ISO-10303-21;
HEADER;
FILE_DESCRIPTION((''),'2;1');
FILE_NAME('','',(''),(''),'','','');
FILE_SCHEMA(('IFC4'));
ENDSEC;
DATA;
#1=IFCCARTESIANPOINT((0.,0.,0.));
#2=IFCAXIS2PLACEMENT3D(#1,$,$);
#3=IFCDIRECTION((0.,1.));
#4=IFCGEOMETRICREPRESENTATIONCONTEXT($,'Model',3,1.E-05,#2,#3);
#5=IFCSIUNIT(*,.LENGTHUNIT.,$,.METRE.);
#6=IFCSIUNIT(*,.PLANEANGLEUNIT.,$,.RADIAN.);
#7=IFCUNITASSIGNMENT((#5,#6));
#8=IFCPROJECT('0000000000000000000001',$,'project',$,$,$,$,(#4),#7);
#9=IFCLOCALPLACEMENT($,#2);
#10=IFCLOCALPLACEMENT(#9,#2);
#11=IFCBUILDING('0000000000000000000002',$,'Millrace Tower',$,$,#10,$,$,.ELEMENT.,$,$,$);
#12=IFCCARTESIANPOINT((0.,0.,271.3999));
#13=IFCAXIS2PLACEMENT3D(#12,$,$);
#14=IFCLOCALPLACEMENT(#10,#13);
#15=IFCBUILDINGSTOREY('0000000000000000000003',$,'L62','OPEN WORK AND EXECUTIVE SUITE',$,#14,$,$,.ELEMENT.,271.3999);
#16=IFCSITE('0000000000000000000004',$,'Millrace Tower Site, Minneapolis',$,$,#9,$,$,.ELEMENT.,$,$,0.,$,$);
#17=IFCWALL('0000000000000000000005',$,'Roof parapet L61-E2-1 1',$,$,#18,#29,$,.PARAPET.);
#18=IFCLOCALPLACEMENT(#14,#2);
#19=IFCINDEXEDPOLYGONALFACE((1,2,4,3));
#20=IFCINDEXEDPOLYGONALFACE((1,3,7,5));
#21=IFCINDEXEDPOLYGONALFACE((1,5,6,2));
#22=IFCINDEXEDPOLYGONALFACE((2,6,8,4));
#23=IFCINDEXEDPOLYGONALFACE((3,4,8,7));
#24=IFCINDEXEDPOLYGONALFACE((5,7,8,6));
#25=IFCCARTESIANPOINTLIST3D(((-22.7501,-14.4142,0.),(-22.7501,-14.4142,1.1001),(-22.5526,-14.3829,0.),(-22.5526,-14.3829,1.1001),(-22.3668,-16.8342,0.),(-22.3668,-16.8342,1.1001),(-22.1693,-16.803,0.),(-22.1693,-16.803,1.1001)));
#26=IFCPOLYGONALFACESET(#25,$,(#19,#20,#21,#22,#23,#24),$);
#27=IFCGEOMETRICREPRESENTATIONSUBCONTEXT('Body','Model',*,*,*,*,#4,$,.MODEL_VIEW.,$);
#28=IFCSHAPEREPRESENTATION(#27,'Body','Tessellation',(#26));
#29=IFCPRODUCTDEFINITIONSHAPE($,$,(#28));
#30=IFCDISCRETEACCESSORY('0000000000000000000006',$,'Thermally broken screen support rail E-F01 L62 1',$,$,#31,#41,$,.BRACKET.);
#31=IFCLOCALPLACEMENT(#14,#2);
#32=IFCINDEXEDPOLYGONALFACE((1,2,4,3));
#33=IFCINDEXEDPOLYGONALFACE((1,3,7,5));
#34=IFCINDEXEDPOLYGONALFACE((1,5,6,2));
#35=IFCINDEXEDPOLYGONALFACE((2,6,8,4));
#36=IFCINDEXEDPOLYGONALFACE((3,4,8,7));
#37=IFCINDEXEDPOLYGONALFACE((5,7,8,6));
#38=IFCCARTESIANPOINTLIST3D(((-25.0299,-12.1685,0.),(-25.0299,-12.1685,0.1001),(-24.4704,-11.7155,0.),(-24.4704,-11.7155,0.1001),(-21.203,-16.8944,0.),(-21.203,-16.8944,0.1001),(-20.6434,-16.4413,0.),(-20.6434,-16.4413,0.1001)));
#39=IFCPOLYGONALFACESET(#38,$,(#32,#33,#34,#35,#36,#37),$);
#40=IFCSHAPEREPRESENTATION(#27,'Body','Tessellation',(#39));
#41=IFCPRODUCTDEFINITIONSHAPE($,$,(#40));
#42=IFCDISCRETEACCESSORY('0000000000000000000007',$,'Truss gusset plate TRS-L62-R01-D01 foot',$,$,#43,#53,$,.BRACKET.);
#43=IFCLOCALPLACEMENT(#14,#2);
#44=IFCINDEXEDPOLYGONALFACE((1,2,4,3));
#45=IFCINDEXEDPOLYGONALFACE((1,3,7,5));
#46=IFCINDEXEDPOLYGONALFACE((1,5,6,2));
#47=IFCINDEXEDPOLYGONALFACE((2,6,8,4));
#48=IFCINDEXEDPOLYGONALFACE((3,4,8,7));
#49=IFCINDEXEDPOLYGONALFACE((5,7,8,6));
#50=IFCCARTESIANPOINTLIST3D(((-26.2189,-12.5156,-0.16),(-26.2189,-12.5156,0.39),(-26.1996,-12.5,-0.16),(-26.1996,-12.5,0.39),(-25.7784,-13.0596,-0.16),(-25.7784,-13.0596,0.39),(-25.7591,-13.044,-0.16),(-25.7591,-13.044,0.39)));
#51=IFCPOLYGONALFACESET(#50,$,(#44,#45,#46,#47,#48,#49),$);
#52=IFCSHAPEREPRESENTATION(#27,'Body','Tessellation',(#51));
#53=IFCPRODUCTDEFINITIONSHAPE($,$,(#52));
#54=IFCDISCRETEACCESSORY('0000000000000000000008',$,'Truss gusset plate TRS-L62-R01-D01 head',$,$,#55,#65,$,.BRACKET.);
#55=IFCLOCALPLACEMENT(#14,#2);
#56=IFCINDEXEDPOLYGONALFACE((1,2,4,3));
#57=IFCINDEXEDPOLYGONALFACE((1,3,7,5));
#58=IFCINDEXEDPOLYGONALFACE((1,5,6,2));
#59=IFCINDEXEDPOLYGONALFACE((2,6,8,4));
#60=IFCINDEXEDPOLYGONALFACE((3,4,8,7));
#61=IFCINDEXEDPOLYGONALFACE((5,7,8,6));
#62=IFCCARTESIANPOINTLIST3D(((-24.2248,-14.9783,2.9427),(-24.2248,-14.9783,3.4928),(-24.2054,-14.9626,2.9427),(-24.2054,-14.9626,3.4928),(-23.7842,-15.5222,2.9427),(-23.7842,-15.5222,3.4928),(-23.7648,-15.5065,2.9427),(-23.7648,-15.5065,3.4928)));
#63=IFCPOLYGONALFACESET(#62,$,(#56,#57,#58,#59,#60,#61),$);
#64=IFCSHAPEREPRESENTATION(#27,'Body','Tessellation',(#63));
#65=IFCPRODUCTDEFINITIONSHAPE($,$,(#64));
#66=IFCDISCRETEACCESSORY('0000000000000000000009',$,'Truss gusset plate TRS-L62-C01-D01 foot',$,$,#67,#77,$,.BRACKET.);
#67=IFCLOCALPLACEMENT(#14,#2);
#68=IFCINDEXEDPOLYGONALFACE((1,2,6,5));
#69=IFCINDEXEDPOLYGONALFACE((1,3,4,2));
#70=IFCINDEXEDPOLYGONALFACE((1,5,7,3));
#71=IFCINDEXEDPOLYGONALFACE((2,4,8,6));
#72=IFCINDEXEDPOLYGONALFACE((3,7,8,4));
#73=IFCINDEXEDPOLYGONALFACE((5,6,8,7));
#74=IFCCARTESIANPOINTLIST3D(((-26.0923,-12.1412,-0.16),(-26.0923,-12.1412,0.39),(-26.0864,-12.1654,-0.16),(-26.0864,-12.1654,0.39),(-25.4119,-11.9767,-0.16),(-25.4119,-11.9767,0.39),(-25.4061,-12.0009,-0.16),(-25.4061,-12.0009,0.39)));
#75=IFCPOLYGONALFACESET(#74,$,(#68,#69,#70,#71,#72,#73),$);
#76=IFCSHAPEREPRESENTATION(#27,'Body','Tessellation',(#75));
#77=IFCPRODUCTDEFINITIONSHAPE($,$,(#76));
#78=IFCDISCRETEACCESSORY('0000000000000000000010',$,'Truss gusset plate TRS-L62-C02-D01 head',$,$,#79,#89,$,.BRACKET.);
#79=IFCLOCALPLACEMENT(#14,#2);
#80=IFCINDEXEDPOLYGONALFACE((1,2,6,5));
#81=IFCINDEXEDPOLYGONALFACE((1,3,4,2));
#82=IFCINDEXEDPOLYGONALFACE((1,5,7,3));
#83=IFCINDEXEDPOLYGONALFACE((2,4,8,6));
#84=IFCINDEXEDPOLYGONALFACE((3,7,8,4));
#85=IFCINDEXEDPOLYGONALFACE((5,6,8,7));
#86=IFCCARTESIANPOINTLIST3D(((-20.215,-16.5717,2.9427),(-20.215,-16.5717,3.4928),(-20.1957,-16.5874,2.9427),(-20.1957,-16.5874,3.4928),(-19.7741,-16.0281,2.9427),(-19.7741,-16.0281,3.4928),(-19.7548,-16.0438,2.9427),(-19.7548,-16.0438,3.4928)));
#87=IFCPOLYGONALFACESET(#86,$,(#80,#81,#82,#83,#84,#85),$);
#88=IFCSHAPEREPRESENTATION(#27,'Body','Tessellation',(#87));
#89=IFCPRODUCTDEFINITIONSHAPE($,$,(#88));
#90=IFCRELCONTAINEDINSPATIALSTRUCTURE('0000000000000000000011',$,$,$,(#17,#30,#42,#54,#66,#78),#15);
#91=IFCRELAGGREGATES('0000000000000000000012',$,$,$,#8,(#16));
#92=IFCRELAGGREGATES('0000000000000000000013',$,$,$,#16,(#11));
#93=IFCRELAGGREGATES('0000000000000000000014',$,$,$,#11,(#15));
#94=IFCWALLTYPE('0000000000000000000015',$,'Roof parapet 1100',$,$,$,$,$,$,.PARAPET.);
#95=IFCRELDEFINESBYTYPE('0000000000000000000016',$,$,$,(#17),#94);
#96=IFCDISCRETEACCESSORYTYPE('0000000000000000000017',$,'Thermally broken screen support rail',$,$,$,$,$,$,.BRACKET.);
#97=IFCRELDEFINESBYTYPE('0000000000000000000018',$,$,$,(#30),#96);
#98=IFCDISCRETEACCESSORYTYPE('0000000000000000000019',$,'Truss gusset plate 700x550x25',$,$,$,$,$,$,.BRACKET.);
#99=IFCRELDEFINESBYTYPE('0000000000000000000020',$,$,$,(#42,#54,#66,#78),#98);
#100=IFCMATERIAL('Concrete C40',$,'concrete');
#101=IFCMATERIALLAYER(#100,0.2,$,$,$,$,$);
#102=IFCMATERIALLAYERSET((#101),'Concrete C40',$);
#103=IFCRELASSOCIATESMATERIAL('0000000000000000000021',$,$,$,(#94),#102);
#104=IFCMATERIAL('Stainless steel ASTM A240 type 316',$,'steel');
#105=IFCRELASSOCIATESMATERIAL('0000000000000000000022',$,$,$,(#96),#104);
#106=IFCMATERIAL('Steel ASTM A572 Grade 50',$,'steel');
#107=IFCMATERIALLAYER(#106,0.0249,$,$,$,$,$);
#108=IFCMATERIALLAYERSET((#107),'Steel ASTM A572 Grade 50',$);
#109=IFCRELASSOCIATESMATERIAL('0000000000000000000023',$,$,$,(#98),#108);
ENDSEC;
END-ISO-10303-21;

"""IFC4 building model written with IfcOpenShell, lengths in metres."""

from ifc_helpers import new_model, si_unit, direction, frame, frame_2d, origin, origin_2d, place, context, subcontext, project, spatial, rectangle, extrude, material, layer, layer_set, type_object, element, save


model = new_model("IFC4")

# Units and contexts
model_context = context("Model", 3, precision=1e-05, world=origin(), true_north=direction((0.0, 1.0)))
body_context = subcontext(model_context, "Body", "Model", "MODEL_VIEW")
ifc_project = project(units=[si_unit("LENGTHUNIT", "METRE"), si_unit("PLANEANGLEUNIT", "RADIAN")], contexts=[model_context])

# Site, building, storey
site_placement = place(None, origin())
site = spatial("IfcSite", under=ifc_project, at=site_placement, Name="Millrace Tower Site, Minneapolis", CompositionType="ELEMENT", RefElevation=0.0)
building_placement = place(site_placement, origin())
building = spatial("IfcBuilding", under=site, at=building_placement, Name="Millrace Tower", CompositionType="ELEMENT")
storey_placement = place(building_placement, frame((0.0, 0.0, 271.3999)))
storey = spatial("IfcBuildingStorey", under=building, at=storey_placement, Name="L62", Description="OPEN WORK AND EXECUTIVE SUITE", CompositionType="ELEMENT", Elevation=271.3999)

# Wall
ifc_material_1 = material(Name="Concrete C40", Category="concrete")
ifc_layer_1 = layer(ifc_material_1, 0.2)
ifc_layer_set_1 = layer_set([ifc_layer_1], Name="Concrete C40")
wall_type_1 = type_object("IfcWallType", Name="Roof parapet 1100", PredefinedType="PARAPET", material=ifc_layer_set_1)
wall_1_placement = place(storey_placement, frame((-22.2681, -16.8186, 0.0), z_axis=(0.0, 0.0, 1.0), x_axis=(-0.156444, 0.987687, 0.0)))
element("IfcWall", 1, at=wall_1_placement, inside=storey, type_object=wall_type_1, Name="Roof parapet L61-E2-1 1", PredefinedType="PARAPET", context=body_context, shape_type="SweptSolid", body=[
    extrude(rectangle(XDim=2.4502, YDim=0.2, at=frame_2d((1.2251, 0.0))), origin(), (0.0, 0.0, 1.0), 1.1001),
])

# Discrete accessories
ifc_material_2 = material(Name="Stainless steel ASTM A240 type 316", Category="steel")
discrete_accessory_type_1 = type_object("IfcDiscreteAccessoryType", Name="Thermally broken screen support rail", PredefinedType="BRACKET", material=ifc_material_2)
discrete_accessory_placement = place(storey_placement, frame((-22.8367, -14.3049, 0.0), z_axis=(0.0, 0.0, 1.0), x_axis=(0.62932, -0.777146, 0.0)))
element("IfcDiscreteAccessory", 2, at=discrete_accessory_placement, inside=storey, type_object=discrete_accessory_type_1, Name="Thermally broken screen support rail E-F01 L62 1", PredefinedType="BRACKET", context=body_context, shape_type="SweptSolid", body=[
    extrude(rectangle(XDim=6.0811, YDim=0.72, at=origin_2d()), origin(), (0.0, 0.0, 1.0), 0.1001),
])
ifc_material_3 = material(Name="Steel ASTM A572 Grade 50", Category="steel")
ifc_layer_2 = layer(ifc_material_3, 0.0249)
ifc_layer_set_2 = layer_set([ifc_layer_2], Name="Steel ASTM A572 Grade 50")
discrete_accessory_type_2 = type_object("IfcDiscreteAccessoryType", Name="Truss gusset plate 700x550x25", PredefinedType="BRACKET", material=ifc_layer_set_2)
for number, where, z_axis, x_axis, name in (
    (3, (-26.2092, -12.5078, 0.115), (0.629279, -0.77718, 0.0), (0.77718, 0.629279, 0.0), "Truss gusset plate TRS-L62-R01-D01 foot"),
    (4, (-24.2151, -14.9705, 3.2178), (0.629489, -0.777009, 0.0), (0.777009, 0.629489, 0.0), "Truss gusset plate TRS-L62-R01-D01 head"),
    (5, (-26.0894, -12.1533, 0.115), (0.971981, 0.235061, 0.0), (-0.235061, 0.971981, 0.0), "Truss gusset plate TRS-L62-C01-D01 foot"),
    (6, (-20.2053, -16.5796, 3.2178), (0.62987, 0.7767, 0.0), (-0.7767, 0.62987, 0.0), "Truss gusset plate TRS-L62-C02-D01 head"),
):
    element("IfcDiscreteAccessory", number, at=place(storey_placement, frame(where, z_axis=z_axis, x_axis=x_axis)), inside=storey, type_object=discrete_accessory_type_2, Name=name, PredefinedType="BRACKET", context=body_context, shape_type="SweptSolid", body=[
        extrude(rectangle(XDim=0.0249, YDim=0.55, at=origin_2d()), origin(), (0.0, 0.0, 1.0), 0.7),
    ])

save(model, "model.ifc")
